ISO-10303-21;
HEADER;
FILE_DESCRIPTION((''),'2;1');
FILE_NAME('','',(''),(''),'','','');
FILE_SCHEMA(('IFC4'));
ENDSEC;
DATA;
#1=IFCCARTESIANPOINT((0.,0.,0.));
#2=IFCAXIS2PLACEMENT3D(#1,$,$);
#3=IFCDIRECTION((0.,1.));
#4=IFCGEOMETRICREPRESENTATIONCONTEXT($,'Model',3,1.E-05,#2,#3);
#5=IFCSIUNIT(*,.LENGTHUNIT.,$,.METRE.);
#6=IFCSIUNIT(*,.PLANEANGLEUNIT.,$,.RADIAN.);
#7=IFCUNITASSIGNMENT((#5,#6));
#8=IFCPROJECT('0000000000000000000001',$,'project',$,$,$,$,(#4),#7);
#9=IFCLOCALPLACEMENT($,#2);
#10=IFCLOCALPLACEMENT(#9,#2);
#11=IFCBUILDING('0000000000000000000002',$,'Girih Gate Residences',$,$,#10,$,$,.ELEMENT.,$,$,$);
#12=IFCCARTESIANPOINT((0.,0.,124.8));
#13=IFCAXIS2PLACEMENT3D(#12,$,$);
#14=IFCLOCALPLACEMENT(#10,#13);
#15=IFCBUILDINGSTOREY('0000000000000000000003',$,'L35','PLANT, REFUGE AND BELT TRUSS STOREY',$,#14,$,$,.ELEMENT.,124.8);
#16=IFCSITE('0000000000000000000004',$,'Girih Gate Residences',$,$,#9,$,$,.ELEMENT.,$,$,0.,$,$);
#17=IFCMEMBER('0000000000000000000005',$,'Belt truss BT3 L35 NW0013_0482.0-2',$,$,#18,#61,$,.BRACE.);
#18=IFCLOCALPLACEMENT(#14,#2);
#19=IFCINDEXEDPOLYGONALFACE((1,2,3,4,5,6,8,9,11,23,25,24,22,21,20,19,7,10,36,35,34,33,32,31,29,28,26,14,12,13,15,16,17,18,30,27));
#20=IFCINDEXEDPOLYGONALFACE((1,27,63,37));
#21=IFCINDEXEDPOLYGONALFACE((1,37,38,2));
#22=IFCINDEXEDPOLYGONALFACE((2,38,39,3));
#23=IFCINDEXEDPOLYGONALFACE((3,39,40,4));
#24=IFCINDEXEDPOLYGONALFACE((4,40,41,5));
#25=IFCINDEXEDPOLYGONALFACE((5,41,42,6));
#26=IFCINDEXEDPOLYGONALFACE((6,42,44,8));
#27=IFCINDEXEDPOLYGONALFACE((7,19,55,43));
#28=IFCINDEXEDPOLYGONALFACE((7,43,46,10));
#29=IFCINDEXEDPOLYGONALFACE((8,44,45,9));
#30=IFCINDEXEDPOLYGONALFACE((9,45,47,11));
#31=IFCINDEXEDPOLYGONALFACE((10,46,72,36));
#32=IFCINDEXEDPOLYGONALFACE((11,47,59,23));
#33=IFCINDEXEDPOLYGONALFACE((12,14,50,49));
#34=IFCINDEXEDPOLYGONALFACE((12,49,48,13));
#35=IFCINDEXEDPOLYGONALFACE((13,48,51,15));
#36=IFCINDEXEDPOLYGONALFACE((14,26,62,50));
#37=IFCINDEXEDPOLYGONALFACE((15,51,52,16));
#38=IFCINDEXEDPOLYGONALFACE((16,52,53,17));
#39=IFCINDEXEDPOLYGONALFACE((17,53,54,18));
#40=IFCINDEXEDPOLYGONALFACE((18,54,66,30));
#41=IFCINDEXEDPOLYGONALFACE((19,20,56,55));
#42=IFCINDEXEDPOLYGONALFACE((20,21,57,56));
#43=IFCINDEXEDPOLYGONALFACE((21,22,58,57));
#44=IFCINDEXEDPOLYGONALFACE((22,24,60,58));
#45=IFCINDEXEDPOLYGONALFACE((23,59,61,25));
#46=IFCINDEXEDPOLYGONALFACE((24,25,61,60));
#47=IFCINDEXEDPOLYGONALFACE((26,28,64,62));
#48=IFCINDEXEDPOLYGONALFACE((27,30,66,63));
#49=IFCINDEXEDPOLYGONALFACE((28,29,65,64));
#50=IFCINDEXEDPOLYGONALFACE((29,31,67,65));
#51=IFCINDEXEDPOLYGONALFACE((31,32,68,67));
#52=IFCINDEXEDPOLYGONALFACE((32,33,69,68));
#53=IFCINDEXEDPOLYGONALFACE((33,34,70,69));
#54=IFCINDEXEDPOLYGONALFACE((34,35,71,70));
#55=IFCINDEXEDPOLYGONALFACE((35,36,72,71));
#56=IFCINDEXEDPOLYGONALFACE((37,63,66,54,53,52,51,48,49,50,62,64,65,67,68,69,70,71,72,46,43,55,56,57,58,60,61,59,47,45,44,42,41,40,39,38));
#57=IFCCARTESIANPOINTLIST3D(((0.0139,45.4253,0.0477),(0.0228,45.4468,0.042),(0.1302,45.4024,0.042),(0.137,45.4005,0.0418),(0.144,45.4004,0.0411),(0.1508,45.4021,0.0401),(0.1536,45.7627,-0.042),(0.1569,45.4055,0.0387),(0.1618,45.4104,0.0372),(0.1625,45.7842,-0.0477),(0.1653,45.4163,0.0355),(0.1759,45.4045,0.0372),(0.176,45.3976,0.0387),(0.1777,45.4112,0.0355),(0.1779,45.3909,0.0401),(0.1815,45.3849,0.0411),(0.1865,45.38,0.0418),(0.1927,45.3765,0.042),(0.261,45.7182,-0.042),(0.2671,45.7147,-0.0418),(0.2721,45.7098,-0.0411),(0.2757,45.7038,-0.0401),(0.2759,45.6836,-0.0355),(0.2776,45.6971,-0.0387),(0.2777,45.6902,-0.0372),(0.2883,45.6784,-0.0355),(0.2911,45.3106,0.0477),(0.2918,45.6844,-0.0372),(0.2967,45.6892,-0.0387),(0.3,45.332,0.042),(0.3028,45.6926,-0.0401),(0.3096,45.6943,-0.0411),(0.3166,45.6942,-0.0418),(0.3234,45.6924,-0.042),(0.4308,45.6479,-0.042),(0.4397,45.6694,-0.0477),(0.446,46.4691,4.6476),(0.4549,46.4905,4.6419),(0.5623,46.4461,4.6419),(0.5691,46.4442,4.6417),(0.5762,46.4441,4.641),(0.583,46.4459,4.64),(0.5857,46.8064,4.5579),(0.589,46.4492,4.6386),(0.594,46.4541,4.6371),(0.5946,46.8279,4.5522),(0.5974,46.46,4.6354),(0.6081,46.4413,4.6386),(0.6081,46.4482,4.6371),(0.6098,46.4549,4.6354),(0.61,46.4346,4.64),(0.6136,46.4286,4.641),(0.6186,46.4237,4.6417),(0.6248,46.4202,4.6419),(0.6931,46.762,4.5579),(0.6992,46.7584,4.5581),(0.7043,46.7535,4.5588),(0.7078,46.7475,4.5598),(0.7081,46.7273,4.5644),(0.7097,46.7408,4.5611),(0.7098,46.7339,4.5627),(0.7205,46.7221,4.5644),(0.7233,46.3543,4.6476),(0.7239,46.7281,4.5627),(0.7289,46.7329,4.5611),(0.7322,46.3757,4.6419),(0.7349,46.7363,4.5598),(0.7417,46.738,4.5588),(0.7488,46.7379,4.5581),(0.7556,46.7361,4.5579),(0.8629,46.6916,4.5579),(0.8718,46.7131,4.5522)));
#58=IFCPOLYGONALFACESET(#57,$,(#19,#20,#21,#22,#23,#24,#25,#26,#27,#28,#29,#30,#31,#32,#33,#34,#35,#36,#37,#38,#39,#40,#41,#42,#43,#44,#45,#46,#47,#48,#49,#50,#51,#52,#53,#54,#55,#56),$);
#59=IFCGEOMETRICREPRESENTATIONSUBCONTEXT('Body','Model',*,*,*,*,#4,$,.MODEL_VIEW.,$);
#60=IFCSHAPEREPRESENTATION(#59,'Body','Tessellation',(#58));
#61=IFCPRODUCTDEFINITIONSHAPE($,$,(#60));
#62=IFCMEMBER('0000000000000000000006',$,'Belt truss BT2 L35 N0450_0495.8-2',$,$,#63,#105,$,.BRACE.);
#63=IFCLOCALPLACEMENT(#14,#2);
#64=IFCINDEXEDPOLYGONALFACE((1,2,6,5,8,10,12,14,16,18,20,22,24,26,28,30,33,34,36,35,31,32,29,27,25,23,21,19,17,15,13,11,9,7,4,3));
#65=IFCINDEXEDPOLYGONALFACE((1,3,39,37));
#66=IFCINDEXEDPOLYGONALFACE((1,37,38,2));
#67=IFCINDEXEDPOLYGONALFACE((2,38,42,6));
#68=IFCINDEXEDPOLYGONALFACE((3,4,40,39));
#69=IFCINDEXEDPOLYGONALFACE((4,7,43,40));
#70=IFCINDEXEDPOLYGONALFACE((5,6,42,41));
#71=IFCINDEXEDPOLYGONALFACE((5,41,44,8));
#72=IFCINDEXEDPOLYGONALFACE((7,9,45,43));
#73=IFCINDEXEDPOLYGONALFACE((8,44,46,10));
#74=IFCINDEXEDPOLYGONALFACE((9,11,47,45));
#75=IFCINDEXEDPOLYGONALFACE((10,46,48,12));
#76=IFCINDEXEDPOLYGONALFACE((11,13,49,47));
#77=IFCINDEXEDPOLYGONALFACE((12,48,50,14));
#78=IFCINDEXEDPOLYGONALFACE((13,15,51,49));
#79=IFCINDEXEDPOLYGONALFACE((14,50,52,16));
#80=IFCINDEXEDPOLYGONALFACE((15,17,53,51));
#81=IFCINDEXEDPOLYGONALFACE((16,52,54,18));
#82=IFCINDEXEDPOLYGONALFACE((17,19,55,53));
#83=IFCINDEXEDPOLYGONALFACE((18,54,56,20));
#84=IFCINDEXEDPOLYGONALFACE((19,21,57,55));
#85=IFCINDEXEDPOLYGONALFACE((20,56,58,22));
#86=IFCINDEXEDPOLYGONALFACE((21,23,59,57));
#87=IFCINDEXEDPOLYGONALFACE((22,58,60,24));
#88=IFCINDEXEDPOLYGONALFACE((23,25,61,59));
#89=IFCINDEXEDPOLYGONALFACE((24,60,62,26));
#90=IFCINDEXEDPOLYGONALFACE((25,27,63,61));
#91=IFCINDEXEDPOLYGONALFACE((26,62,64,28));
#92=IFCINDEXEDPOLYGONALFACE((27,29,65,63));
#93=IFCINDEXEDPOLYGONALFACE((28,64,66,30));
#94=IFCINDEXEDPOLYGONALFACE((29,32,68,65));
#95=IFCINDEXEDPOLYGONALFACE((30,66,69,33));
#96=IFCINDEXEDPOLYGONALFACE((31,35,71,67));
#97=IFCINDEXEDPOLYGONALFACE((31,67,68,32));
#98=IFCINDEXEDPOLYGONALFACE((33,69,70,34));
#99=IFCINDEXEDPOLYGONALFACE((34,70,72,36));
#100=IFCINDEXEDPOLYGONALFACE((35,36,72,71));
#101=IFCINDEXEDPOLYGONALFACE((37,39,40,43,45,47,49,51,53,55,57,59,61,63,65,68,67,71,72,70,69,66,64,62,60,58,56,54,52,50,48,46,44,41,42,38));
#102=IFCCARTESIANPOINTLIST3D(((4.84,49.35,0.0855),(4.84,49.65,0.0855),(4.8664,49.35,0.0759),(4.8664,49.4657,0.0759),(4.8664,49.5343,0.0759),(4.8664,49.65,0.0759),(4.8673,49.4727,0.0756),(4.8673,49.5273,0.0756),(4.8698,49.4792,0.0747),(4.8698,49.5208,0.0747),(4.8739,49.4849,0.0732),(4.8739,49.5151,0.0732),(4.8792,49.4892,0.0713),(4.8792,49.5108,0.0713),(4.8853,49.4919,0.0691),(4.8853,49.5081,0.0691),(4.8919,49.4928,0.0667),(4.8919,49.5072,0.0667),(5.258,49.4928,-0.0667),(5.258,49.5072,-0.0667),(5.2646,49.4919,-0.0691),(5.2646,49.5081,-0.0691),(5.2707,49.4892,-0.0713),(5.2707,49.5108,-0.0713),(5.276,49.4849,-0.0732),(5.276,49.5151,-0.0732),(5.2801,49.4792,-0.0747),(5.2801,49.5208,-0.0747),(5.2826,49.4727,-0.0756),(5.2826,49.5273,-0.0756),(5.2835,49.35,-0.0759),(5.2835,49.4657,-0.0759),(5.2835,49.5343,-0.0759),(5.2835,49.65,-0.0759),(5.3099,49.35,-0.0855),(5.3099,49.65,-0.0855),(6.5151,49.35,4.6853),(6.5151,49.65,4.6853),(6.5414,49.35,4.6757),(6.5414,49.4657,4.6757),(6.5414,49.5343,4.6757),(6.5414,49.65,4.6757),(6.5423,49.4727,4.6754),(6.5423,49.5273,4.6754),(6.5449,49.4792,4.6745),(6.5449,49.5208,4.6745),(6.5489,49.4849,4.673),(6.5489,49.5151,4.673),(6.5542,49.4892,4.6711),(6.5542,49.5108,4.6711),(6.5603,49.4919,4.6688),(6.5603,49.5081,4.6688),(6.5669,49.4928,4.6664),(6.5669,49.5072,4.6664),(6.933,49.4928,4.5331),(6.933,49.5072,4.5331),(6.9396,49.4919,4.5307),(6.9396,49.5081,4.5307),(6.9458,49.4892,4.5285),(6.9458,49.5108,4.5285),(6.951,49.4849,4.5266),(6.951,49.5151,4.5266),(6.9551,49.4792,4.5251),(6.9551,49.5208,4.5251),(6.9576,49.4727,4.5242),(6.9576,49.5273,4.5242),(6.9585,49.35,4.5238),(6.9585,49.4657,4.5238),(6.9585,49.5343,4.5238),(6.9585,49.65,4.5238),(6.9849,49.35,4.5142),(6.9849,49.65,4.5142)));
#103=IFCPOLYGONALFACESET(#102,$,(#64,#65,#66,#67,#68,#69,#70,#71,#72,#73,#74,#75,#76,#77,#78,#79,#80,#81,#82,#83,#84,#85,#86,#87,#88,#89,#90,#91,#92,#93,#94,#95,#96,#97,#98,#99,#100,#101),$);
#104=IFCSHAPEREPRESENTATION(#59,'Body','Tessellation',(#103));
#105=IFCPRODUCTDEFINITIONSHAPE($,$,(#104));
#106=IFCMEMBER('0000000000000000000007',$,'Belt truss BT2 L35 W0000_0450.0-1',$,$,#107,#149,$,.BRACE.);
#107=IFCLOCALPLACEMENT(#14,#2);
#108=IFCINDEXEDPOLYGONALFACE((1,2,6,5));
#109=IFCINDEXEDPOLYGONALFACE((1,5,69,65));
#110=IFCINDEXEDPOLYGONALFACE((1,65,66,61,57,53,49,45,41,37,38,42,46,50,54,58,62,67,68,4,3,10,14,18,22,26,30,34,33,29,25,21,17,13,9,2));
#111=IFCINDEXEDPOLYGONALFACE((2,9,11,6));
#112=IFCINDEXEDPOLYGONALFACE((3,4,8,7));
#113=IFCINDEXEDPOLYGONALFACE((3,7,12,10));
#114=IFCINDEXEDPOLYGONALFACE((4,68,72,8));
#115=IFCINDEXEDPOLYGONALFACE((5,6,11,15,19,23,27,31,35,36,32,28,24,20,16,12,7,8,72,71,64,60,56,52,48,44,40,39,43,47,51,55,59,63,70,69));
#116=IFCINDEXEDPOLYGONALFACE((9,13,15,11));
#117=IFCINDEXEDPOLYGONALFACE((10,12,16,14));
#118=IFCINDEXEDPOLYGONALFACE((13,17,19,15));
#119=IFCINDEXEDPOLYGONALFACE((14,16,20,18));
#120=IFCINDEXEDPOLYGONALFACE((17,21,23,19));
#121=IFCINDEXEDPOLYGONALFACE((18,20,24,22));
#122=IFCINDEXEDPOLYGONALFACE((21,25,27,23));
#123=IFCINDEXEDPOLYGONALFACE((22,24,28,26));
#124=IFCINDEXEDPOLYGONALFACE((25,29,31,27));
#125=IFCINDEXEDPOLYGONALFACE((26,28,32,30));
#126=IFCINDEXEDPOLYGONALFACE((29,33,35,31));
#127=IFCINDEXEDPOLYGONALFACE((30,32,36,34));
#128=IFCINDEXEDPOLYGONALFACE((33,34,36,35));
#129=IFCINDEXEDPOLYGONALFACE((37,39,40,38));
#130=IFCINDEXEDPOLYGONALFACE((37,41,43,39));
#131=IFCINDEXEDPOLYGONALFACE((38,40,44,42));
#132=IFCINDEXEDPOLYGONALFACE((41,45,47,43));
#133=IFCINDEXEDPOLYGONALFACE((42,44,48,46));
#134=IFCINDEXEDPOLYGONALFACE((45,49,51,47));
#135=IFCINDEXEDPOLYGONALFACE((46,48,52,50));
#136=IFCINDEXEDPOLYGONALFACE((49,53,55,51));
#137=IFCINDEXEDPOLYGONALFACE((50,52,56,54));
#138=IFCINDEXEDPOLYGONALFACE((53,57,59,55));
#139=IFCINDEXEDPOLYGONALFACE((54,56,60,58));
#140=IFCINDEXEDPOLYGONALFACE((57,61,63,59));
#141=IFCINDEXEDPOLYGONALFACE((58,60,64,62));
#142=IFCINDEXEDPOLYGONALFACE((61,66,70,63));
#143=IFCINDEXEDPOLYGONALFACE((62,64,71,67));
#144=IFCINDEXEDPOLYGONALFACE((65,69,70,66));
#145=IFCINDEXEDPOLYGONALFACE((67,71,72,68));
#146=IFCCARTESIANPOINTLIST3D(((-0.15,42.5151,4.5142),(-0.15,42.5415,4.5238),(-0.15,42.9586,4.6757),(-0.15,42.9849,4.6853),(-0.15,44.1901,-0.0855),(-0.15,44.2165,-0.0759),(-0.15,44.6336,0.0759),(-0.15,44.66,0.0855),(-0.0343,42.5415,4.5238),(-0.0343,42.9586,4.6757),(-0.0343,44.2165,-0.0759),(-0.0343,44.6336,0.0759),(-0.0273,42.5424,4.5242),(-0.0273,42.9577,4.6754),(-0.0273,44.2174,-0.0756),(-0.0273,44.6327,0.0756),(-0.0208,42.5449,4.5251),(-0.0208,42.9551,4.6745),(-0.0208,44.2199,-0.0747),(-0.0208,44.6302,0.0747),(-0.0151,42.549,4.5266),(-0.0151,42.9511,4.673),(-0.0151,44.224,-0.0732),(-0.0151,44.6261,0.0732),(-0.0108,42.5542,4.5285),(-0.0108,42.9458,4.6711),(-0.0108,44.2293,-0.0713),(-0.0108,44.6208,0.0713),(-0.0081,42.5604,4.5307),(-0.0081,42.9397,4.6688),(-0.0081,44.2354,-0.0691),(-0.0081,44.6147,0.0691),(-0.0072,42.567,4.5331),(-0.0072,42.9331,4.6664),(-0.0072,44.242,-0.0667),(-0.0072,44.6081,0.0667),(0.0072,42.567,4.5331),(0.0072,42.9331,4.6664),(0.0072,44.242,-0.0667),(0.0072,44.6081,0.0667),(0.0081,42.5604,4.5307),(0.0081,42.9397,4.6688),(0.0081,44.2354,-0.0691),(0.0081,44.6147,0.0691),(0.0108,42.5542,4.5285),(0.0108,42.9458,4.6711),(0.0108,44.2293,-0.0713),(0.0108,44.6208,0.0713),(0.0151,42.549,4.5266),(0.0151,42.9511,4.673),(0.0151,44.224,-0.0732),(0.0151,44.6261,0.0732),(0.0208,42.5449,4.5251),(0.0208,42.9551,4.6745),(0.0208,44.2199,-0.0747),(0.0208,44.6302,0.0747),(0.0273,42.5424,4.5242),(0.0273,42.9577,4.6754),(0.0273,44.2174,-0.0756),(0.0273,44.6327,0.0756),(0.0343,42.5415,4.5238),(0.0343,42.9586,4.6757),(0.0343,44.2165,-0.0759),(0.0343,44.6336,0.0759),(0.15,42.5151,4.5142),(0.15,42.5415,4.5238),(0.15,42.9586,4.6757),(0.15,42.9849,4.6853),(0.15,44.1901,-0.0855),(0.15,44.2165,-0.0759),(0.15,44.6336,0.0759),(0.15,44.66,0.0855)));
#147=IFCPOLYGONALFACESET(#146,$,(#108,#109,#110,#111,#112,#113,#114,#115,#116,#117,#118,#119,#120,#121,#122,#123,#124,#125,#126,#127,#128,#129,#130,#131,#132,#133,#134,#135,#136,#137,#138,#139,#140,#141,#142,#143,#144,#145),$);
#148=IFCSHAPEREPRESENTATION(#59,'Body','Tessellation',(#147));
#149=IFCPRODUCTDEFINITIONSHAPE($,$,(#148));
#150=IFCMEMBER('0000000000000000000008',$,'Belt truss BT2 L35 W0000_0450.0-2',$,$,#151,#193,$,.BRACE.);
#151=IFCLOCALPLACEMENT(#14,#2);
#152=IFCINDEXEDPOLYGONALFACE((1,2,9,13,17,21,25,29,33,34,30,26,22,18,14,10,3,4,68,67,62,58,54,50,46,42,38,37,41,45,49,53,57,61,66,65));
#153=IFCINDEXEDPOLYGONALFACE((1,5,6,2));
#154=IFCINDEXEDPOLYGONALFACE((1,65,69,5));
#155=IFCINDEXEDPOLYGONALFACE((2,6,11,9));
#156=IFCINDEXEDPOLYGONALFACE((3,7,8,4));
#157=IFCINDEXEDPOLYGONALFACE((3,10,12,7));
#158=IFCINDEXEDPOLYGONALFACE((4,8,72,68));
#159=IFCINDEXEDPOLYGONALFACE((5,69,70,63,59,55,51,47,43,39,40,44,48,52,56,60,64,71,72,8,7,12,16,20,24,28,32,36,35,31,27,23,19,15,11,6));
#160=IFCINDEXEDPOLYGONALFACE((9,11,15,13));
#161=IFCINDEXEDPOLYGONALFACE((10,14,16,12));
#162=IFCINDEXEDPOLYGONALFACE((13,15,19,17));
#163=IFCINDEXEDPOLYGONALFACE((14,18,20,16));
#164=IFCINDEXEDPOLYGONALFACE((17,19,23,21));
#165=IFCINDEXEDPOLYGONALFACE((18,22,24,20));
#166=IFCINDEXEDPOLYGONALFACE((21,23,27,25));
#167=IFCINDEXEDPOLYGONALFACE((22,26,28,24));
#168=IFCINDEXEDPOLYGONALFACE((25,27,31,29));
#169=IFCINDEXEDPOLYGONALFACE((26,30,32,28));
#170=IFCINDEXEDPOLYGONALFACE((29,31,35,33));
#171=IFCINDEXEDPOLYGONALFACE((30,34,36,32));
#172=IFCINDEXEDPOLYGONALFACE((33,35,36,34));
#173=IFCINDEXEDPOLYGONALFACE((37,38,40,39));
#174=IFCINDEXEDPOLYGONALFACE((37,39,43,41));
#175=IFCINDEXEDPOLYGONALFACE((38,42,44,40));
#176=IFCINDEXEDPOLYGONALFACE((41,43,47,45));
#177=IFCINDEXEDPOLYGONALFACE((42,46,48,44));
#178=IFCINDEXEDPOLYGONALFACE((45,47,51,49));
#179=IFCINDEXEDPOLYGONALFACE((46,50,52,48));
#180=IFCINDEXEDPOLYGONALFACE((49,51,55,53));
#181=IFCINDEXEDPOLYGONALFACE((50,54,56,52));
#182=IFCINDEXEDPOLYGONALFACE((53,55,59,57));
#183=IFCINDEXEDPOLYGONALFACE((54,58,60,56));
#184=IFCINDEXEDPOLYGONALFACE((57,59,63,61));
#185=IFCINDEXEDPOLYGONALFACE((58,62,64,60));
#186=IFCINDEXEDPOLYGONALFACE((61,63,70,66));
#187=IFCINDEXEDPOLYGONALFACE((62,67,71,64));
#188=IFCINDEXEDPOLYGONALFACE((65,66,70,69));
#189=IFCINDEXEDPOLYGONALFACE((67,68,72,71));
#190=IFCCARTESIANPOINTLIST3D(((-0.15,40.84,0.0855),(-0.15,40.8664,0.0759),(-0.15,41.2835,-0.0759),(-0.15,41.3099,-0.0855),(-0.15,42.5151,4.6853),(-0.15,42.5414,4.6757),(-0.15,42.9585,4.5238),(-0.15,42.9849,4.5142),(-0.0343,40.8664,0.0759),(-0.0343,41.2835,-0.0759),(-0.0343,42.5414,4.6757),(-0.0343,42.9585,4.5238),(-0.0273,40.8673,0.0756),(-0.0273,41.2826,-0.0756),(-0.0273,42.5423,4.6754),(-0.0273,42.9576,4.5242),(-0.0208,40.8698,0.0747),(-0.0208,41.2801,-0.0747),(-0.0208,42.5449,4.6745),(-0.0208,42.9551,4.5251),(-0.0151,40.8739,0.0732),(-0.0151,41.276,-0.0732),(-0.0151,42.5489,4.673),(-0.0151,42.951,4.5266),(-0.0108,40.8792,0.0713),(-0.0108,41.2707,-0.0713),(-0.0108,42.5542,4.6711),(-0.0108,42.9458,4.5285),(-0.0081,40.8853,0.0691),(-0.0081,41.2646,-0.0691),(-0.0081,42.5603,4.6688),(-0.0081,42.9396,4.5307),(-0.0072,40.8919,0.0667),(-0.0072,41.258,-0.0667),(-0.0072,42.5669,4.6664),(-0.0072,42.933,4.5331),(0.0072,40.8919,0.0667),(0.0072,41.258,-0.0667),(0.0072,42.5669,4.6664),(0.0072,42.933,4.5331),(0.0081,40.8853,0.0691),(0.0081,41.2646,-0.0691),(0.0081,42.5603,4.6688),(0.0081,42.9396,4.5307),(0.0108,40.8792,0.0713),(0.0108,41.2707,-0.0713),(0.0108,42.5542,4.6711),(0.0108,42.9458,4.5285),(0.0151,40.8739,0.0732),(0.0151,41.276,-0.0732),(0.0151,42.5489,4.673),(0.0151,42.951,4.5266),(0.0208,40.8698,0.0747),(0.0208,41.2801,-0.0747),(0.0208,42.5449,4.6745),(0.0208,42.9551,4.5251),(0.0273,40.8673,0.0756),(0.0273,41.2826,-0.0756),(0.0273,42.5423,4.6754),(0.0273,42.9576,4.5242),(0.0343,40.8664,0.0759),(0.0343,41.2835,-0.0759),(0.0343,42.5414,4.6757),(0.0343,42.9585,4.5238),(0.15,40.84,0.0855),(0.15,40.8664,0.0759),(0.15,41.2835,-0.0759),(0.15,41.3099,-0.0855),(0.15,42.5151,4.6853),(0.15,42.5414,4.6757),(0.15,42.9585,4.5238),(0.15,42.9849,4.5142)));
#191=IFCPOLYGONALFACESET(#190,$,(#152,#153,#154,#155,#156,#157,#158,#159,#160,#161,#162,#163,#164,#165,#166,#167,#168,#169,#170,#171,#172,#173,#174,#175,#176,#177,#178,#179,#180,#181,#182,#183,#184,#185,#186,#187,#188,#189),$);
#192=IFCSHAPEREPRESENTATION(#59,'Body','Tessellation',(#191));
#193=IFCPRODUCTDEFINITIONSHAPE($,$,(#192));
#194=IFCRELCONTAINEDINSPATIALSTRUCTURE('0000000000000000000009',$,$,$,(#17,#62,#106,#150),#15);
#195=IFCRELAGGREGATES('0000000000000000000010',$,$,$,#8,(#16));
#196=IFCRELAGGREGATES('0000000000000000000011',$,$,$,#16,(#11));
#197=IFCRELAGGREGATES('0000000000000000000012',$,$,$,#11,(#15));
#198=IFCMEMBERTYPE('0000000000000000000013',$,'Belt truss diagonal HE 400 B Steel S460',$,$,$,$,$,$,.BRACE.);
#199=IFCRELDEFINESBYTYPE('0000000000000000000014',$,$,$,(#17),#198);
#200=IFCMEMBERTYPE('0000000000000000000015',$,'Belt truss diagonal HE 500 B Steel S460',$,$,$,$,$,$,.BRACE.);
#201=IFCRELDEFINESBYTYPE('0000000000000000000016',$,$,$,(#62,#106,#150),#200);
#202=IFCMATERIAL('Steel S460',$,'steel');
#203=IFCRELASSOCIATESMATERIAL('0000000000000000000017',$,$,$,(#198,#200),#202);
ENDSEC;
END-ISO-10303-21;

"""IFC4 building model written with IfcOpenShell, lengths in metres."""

from ifc_helpers import new_model, si_unit, direction, frame, origin, origin_2d, place, context, subcontext, project, spatial, i_section, extrude, material, material_profile, profile_set, type_object, element, save


model = new_model("IFC4")

# Units and contexts
model_context = context("Model", 3, precision=1e-05, world=origin(), true_north=direction((0.0, 1.0)))
body_context = subcontext(model_context, "Body", "Model", "MODEL_VIEW")
ifc_project = project(units=[si_unit("LENGTHUNIT", "METRE"), si_unit("PLANEANGLEUNIT", "RADIAN")], contexts=[model_context])

# Site, building, storey
site_placement = place(None, origin())
site = spatial("IfcSite", under=ifc_project, at=site_placement, Name="Girih Gate Residences", CompositionType="ELEMENT", RefElevation=0.0)
building_placement = place(site_placement, origin())
building = spatial("IfcBuilding", under=site, at=building_placement, Name="Girih Gate Residences", CompositionType="ELEMENT")
storey_placement = place(building_placement, frame((0.0, 0.0, 124.8)))
storey = spatial("IfcBuildingStorey", under=building, at=storey_placement, Name="L35", Description="PLANT, REFUGE AND BELT TRUSS STOREY", CompositionType="ELEMENT", Elevation=124.8)

# Members
ifc_material_1 = material(Name="Steel S460", Category="steel")
ifc_material_profile_1 = material_profile(ifc_material_1, i_section(OverallWidth=0.3, OverallDepth=0.3999, WebThickness=0.0134, FlangeThickness=0.0239, FilletRadius=0.0271, at=origin_2d()))
ifc_profile_set_1 = profile_set([ifc_material_profile_1], Name="Steel S460")
member_type_1 = type_object("IfcMemberType", Name="Belt truss diagonal HE 400 B Steel S460", PredefinedType="BRACE", material=ifc_profile_set_1)
for number, where, z_axis, x_axis, name in (
    (1, (0.2268, 45.5474, 0.0), (0.091233, 0.220352, 0.971145), (-0.923938, 0.382543, 0.0), "Belt truss BT3 L35 NW0013_0482.0-2"),
):
    element("IfcMember", number, at=place(storey_placement, frame(where, z_axis=z_axis, x_axis=x_axis)), inside=storey, type_object=member_type_1, Name=name, PredefinedType="BRACE", context=body_context, shape_type="SweptSolid", body=[
        extrude(i_section(OverallWidth=0.3, OverallDepth=0.3999, WebThickness=0.0134, FlangeThickness=0.0239, FilletRadius=0.0271, at=origin_2d()), origin(), (0.0, 0.0, 1.0), 4.7366),
    ])
ifc_material_profile_2 = material_profile(ifc_material_1, i_section(OverallWidth=0.3, OverallDepth=0.5, WebThickness=0.0144, FlangeThickness=0.0281, FilletRadius=0.0271, at=origin_2d()))
ifc_profile_set_2 = profile_set([ifc_material_profile_2], Name="Steel S460")
member_type_2 = type_object("IfcMemberType", Name="Belt truss diagonal HE 500 B Steel S460", PredefinedType="BRACE", material=ifc_profile_set_2)
for number, where, z_axis, x_axis, name in (
    (2, (5.075, 49.5, 0.0), (0.342171, 0.0, 0.939638), (0.0, 1.0, 0.0), "Belt truss BT2 L35 N0450_0495.8-2"),
    (3, (0.0, 44.425, 0.0), (0.0, -0.342171, 0.939638), (1.0, 0.0, 0.0), "Belt truss BT2 L35 W0000_0450.0-1"),
    (4, (0.0, 41.075, 0.0), (0.0, 0.342171, 0.939638), (-1.0, 0.0, 0.0), "Belt truss BT2 L35 W0000_0450.0-2"),
):
    element("IfcMember", number, at=place(storey_placement, frame(where, z_axis=z_axis, x_axis=x_axis)), inside=storey, type_object=member_type_2, Name=name, PredefinedType="BRACE", context=body_context, shape_type="SweptSolid", body=[
        extrude(i_section(OverallWidth=0.3, OverallDepth=0.5, WebThickness=0.0144, FlangeThickness=0.0281, FilletRadius=0.0271, at=origin_2d()), origin(), (0.0, 0.0, 1.0), 4.8953),
    ])

save(model, "model.ifc")
